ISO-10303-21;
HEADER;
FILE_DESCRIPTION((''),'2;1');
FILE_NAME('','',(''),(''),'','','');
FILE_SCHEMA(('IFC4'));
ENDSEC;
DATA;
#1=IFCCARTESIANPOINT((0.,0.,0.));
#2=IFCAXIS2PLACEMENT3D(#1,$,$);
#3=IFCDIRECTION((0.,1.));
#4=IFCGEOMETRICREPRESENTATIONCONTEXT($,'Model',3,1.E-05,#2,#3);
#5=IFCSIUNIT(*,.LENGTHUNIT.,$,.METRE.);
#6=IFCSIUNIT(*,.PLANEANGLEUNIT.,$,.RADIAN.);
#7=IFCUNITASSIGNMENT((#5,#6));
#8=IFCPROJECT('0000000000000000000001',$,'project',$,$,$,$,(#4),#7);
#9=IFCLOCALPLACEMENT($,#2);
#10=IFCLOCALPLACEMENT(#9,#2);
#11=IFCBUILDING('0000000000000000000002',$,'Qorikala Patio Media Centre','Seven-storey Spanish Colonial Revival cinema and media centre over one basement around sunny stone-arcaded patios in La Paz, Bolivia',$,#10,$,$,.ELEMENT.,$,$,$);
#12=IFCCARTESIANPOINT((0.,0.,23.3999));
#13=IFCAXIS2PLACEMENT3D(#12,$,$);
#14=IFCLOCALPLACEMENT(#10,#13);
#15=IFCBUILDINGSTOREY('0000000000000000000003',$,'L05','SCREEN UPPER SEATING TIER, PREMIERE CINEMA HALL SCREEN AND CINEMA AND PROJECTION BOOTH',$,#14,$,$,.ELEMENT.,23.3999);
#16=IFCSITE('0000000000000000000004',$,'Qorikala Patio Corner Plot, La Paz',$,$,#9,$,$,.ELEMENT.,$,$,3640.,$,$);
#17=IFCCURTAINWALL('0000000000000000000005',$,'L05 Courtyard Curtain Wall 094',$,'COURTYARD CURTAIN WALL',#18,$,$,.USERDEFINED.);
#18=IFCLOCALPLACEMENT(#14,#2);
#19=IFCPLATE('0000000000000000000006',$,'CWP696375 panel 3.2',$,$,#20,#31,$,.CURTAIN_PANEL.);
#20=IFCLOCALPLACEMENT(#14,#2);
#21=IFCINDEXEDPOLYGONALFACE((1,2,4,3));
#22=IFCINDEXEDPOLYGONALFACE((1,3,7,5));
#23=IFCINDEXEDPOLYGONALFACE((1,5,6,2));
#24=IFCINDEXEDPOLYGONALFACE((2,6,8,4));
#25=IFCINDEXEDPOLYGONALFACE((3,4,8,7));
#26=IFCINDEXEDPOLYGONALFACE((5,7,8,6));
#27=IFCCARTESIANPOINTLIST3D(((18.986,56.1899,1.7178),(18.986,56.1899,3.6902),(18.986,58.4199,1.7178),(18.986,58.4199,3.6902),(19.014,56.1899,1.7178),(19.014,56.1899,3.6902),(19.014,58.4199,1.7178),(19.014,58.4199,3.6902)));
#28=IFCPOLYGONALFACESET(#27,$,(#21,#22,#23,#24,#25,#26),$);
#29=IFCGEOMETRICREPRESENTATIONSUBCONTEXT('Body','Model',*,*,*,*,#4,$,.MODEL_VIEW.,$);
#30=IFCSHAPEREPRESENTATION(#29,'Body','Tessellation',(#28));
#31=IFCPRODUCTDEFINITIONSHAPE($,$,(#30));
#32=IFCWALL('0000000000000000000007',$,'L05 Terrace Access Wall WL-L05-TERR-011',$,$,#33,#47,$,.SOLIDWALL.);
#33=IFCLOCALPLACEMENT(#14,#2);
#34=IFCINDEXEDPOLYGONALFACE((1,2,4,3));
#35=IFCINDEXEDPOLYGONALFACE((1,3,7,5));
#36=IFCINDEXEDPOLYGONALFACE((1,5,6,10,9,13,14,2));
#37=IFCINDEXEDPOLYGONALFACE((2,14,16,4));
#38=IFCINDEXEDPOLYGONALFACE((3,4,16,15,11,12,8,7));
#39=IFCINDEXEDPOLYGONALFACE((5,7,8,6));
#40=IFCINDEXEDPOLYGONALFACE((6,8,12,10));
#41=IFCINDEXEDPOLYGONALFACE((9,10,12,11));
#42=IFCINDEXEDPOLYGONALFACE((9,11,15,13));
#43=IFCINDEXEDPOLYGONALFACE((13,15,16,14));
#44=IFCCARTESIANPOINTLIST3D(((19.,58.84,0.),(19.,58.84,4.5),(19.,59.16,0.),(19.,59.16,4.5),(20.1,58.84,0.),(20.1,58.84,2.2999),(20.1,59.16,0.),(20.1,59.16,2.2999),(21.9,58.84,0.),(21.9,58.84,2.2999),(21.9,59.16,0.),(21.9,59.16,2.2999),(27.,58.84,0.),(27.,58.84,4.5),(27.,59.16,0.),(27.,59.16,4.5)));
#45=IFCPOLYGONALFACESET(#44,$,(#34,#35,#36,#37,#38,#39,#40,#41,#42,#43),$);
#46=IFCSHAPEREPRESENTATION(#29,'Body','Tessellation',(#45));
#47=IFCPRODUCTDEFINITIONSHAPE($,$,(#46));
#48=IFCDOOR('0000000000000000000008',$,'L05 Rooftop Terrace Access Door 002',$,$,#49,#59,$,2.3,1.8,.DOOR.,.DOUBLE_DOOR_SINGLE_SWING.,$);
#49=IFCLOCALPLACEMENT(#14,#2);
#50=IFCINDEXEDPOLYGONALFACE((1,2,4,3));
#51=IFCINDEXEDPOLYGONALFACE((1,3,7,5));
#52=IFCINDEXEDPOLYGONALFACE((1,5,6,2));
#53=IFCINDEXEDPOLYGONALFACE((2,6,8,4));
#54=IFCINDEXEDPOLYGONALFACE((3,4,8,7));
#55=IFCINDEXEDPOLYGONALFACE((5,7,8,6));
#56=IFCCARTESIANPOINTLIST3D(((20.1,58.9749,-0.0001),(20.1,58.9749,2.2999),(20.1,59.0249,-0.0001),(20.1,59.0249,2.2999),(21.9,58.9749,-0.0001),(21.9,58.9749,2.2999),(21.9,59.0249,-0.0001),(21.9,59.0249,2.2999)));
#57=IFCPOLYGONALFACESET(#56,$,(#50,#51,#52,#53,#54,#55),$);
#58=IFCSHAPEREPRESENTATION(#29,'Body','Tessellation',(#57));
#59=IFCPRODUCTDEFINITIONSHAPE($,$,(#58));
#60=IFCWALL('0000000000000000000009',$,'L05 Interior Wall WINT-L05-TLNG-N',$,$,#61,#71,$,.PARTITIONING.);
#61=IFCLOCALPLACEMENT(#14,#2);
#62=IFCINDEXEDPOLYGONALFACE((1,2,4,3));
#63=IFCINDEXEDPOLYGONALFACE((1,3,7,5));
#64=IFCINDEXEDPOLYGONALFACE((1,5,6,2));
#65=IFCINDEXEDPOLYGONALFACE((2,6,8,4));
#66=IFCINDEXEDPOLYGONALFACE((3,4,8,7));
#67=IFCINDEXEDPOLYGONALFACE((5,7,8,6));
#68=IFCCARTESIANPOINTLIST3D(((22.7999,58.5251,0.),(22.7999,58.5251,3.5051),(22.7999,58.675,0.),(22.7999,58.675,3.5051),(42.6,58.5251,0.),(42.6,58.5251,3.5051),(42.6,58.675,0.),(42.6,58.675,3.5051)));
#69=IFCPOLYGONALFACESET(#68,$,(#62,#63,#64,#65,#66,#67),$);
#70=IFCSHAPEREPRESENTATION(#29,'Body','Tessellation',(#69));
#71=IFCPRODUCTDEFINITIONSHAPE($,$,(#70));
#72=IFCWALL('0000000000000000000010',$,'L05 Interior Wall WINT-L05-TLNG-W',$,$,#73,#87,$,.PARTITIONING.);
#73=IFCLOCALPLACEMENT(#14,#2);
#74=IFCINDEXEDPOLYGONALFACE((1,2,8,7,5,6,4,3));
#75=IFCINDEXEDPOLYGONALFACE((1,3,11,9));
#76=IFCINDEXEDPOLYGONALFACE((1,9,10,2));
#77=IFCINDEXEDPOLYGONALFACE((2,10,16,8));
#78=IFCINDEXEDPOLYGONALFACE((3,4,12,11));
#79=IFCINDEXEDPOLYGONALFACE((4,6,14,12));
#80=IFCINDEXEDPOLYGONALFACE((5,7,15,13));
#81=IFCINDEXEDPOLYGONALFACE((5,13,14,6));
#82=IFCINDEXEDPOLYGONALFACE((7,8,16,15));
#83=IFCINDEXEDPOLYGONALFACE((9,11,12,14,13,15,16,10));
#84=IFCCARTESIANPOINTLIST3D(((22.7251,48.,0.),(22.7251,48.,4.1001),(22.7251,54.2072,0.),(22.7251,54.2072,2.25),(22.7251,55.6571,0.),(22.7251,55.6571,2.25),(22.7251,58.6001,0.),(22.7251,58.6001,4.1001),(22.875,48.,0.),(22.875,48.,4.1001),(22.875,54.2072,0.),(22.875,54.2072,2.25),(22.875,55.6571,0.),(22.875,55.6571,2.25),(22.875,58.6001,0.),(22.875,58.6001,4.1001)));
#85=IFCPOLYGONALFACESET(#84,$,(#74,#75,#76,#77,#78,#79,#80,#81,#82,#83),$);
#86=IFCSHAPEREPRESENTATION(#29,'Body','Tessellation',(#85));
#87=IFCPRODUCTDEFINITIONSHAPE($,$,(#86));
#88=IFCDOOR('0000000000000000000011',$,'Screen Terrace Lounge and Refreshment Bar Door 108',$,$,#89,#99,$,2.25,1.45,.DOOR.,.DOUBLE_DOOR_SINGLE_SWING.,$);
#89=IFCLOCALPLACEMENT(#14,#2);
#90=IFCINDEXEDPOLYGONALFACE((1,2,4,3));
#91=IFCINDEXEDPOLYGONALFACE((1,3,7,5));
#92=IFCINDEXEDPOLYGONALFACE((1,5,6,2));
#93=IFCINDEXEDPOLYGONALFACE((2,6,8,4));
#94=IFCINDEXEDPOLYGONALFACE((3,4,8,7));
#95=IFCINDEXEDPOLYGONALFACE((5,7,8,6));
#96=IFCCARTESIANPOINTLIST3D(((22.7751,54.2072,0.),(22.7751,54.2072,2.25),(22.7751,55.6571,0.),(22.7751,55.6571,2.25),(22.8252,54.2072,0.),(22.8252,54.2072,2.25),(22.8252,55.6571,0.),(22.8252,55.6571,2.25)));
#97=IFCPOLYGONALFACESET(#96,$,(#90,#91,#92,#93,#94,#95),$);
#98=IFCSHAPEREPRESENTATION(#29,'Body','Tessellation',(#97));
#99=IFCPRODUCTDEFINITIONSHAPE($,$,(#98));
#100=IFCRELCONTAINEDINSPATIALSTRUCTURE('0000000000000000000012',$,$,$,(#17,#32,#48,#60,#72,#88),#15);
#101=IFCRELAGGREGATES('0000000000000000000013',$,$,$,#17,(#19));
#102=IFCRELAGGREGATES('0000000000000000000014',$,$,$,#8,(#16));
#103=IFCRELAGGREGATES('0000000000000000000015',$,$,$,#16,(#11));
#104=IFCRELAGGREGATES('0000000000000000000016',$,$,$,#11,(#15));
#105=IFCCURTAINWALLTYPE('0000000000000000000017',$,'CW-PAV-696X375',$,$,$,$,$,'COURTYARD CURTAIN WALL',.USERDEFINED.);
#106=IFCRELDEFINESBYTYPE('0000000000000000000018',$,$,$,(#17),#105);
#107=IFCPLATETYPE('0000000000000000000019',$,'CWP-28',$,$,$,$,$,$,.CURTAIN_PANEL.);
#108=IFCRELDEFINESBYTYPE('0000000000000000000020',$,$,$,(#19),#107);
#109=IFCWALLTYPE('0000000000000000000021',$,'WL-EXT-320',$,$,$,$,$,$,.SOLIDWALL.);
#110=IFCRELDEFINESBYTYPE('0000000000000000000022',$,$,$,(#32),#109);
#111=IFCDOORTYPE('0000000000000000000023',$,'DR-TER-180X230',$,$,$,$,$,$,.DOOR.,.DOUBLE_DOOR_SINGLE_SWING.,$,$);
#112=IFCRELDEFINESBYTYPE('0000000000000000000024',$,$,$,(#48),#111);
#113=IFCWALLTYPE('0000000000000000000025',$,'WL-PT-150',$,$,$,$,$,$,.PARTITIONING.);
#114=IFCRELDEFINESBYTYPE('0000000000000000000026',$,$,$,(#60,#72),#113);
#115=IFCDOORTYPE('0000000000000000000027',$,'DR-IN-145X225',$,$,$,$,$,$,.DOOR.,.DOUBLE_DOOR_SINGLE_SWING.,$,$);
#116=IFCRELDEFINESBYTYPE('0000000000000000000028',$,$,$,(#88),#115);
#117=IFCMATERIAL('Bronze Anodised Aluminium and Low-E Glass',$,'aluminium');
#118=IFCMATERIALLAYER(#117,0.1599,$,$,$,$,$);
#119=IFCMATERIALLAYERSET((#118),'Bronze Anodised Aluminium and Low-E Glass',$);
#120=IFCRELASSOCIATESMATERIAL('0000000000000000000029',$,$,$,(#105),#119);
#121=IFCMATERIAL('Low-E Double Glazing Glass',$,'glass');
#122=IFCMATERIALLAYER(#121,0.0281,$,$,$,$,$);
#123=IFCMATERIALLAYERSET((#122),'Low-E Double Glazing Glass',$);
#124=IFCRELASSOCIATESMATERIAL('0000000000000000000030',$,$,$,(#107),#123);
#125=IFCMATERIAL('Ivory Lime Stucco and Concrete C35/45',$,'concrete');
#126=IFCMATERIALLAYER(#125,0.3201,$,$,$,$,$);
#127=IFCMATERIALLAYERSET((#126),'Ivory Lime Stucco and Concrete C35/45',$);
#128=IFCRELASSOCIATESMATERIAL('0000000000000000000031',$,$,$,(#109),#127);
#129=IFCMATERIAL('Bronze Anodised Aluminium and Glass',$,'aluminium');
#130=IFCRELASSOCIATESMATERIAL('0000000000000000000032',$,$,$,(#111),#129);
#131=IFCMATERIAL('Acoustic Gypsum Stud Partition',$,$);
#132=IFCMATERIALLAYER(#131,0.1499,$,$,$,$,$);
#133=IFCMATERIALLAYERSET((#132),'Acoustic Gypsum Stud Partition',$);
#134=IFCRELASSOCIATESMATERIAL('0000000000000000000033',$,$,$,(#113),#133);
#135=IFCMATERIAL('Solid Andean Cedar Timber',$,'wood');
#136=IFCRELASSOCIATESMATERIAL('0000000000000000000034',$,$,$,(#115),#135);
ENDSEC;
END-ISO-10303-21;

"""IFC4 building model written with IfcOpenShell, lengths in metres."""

from ifc_helpers import new_model, si_unit, direction, frame, frame_2d, origin, origin_2d, place, context, subcontext, project, spatial, rectangle, extrude, material, layer, layer_set, type_object, element, fill, aggregate, save


model = new_model("IFC4")

# Units and contexts
model_context = context("Model", 3, precision=1e-05, world=origin(), true_north=direction((0.0, 1.0)))
body_context = subcontext(model_context, "Body", "Model", "MODEL_VIEW")
ifc_project = project(units=[si_unit("LENGTHUNIT", "METRE"), si_unit("PLANEANGLEUNIT", "RADIAN")], contexts=[model_context])

# Site, building, storey
site_placement = place(None, origin())
site = spatial("IfcSite", under=ifc_project, at=site_placement, Name="Qorikala Patio Corner Plot, La Paz", CompositionType="ELEMENT", RefElevation=3640.0)
building_placement = place(site_placement, origin())
building = spatial("IfcBuilding", under=site, at=building_placement, Name="Qorikala Patio Media Centre", Description="Seven-storey Spanish Colonial Revival cinema and media centre over one basement around sunny stone-arcaded patios in La Paz, Bolivia", CompositionType="ELEMENT")
storey_placement = place(building_placement, frame((0.0, 0.0, 23.3999)))
storey = spatial("IfcBuildingStorey", under=building, at=storey_placement, Name="L05", Description="SCREEN UPPER SEATING TIER, PREMIERE CINEMA HALL SCREEN AND CINEMA AND PROJECTION BOOTH", CompositionType="ELEMENT", Elevation=23.3999)

# Curtain wall
ifc_material_1 = material(Name="Bronze Anodised Aluminium and Low-E Glass", Category="aluminium")
ifc_layer_1 = layer(ifc_material_1, 0.1599)
ifc_layer_set_1 = layer_set([ifc_layer_1], Name="Bronze Anodised Aluminium and Low-E Glass")
curtain_wall_type = type_object("IfcCurtainWallType", Name="CW-PAV-696X375", ElementType="COURTYARD CURTAIN WALL", PredefinedType="USERDEFINED", material=ifc_layer_set_1)
curtain_wall_placement = place(storey_placement, origin())
curtain_wall = element("IfcCurtainWall", 1, at=curtain_wall_placement, inside=storey, type_object=curtain_wall_type, Name="L05 Courtyard Curtain Wall 094", ObjectType="COURTYARD CURTAIN WALL", PredefinedType="USERDEFINED")

# Plate
ifc_material_2 = material(Name="Low-E Double Glazing Glass", Category="glass")
ifc_layer_2 = layer(ifc_material_2, 0.0281)
ifc_layer_set_2 = layer_set([ifc_layer_2], Name="Low-E Double Glazing Glass")
plate_type = type_object("IfcPlateType", Name="CWP-28", PredefinedType="CURTAIN_PANEL", material=ifc_layer_set_2)
plate_1_placement = place(storey_placement, frame((19.0, 57.3049, 1.7178), z_axis=(0.0, 0.0, 1.0), x_axis=(0.0, 1.0, 0.0)))
plate_1 = element("IfcPlate", 2, at=plate_1_placement, type_object=plate_type, Name="CWP696375 panel 3.2", PredefinedType="CURTAIN_PANEL", context=body_context, shape_type="SweptSolid", body=[
    extrude(rectangle(XDim=2.23, YDim=0.0281, at=origin_2d()), origin(), (0.0, 0.0, 1.0), 1.9724),
])
aggregate(curtain_wall, [plate_1])

# Wall, opening, door
ifc_material_3 = material(Name="Ivory Lime Stucco and Concrete C35/45", Category="concrete")
ifc_layer_3 = layer(ifc_material_3, 0.3201)
ifc_layer_set_3 = layer_set([ifc_layer_3], Name="Ivory Lime Stucco and Concrete C35/45")
wall_type_1 = type_object("IfcWallType", Name="WL-EXT-320", PredefinedType="SOLIDWALL", material=ifc_layer_set_3)
wall_1_placement = place(storey_placement, frame((19.0, 59.0, 0.0), z_axis=(0.0, 0.0, 1.0), x_axis=(1.0, 0.0, 0.0)))
wall_1 = element("IfcWall", 3, at=wall_1_placement, inside=storey, type_object=wall_type_1, Name="L05 Terrace Access Wall WL-L05-TERR-011", PredefinedType="SOLIDWALL", context=body_context, shape_type="SweptSolid", body=[
    extrude(rectangle(XDim=8.0, YDim=0.3201, at=frame_2d((4.0, 0.0))), origin(), (0.0, 0.0, 1.0), 4.5),
])
opening_1_placement = place(wall_1_placement, frame((1.1001, 0.0, 0.0)))
opening_1 = element("IfcOpeningElement", 4, at=opening_1_placement, cuts=wall_1, PredefinedType="OPENING", context=body_context, shape_type="SweptSolid", body=[
    extrude(rectangle(XDim=1.8, YDim=2.3, at=frame_2d((0.8999, 1.1499))), frame((0.0, 0.1699, 0.0), z_axis=(0.0, -1.0, 0.0), x_axis=(1.0, 0.0, 0.0)), (0.0, 0.0, 1.0), 0.3401),
])
ifc_material_4 = material(Name="Bronze Anodised Aluminium and Glass", Category="aluminium")
door_type_1 = type_object("IfcDoorType", Name="DR-TER-180X230", OperationType="DOUBLE_DOOR_SINGLE_SWING", PredefinedType="DOOR", material=ifc_material_4)
door_1_placement = place(opening_1_placement, origin())
door_1 = element("IfcDoor", 5, at=door_1_placement, inside=storey, type_object=door_type_1, Name="L05 Rooftop Terrace Access Door 002", OperationType="DOUBLE_DOOR_SINGLE_SWING", OverallHeight=2.3, OverallWidth=1.8, PredefinedType="DOOR", context=body_context, shape_type="SweptSolid", body=[
    extrude(rectangle(XDim=1.8, YDim=2.3, at=frame_2d((0.8999, 1.1499))), frame((0.0, 0.0249, 0.0), z_axis=(0.0, -1.0, 0.0), x_axis=(1.0, 0.0, 0.0)), (0.0, 0.0, 1.0), 0.05),
])
fill(opening_1, door_1)

# Wall
ifc_material_5 = material(Name="Acoustic Gypsum Stud Partition")
ifc_layer_4 = layer(ifc_material_5, 0.1499)
ifc_layer_set_4 = layer_set([ifc_layer_4], Name="Acoustic Gypsum Stud Partition")
wall_type_2 = type_object("IfcWallType", Name="WL-PT-150", PredefinedType="PARTITIONING", material=ifc_layer_set_4)
wall_2_placement = place(storey_placement, frame((22.8, 58.6001, 0.0), z_axis=(0.0, 0.0, 1.0), x_axis=(1.0, 0.0, 0.0)))
element("IfcWall", 6, at=wall_2_placement, inside=storey, type_object=wall_type_2, Name="L05 Interior Wall WINT-L05-TLNG-N", PredefinedType="PARTITIONING", context=body_context, shape_type="SweptSolid", body=[
    extrude(rectangle(XDim=19.8, YDim=0.1499, at=frame_2d((9.8999, 0.0))), origin(), (0.0, 0.0, 1.0), 3.5051),
])

# Wall, opening, door
wall_3_placement = place(storey_placement, frame((22.8, 48.0, 0.0), z_axis=(0.0, 0.0, 1.0), x_axis=(0.0, 1.0, 0.0)))
wall_3 = element("IfcWall", 7, at=wall_3_placement, inside=storey, type_object=wall_type_2, Name="L05 Interior Wall WINT-L05-TLNG-W", PredefinedType="PARTITIONING", context=body_context, shape_type="SweptSolid", body=[
    extrude(rectangle(XDim=10.6001, YDim=0.1499, at=frame_2d((5.3, 0.0))), origin(), (0.0, 0.0, 1.0), 4.1001),
])
opening_2_placement = place(wall_3_placement, frame((6.207, 0.0, 0.0)))
opening_2 = element("IfcOpeningElement", 8, at=opening_2_placement, cuts=wall_3, PredefinedType="OPENING", context=body_context, shape_type="SweptSolid", body=[
    extrude(rectangle(XDim=1.45, YDim=2.25, at=frame_2d((0.7251, 1.125))), frame((0.0, 0.085, 0.0), z_axis=(0.0, -1.0, 0.0), x_axis=(1.0, 0.0, 0.0)), (0.0, 0.0, 1.0), 0.1699),
])
ifc_material_6 = material(Name="Solid Andean Cedar Timber", Category="wood")
door_type_2 = type_object("IfcDoorType", Name="DR-IN-145X225", OperationType="DOUBLE_DOOR_SINGLE_SWING", PredefinedType="DOOR", material=ifc_material_6)
door_2_placement = place(opening_2_placement, origin())
door_2 = element("IfcDoor", 9, at=door_2_placement, inside=storey, type_object=door_type_2, Name="Screen Terrace Lounge and Refreshment Bar Door 108", OperationType="DOUBLE_DOOR_SINGLE_SWING", OverallHeight=2.25, OverallWidth=1.45, PredefinedType="DOOR", context=body_context, shape_type="SweptSolid", body=[
    extrude(rectangle(XDim=1.45, YDim=2.25, at=frame_2d((0.7251, 1.125))), frame((0.0, 0.0249, 0.0), z_axis=(0.0, -1.0, 0.0), x_axis=(1.0, 0.0, 0.0)), (0.0, 0.0, 1.0), 0.05),
])
fill(opening_2, door_2)

save(model, "model.ifc")
